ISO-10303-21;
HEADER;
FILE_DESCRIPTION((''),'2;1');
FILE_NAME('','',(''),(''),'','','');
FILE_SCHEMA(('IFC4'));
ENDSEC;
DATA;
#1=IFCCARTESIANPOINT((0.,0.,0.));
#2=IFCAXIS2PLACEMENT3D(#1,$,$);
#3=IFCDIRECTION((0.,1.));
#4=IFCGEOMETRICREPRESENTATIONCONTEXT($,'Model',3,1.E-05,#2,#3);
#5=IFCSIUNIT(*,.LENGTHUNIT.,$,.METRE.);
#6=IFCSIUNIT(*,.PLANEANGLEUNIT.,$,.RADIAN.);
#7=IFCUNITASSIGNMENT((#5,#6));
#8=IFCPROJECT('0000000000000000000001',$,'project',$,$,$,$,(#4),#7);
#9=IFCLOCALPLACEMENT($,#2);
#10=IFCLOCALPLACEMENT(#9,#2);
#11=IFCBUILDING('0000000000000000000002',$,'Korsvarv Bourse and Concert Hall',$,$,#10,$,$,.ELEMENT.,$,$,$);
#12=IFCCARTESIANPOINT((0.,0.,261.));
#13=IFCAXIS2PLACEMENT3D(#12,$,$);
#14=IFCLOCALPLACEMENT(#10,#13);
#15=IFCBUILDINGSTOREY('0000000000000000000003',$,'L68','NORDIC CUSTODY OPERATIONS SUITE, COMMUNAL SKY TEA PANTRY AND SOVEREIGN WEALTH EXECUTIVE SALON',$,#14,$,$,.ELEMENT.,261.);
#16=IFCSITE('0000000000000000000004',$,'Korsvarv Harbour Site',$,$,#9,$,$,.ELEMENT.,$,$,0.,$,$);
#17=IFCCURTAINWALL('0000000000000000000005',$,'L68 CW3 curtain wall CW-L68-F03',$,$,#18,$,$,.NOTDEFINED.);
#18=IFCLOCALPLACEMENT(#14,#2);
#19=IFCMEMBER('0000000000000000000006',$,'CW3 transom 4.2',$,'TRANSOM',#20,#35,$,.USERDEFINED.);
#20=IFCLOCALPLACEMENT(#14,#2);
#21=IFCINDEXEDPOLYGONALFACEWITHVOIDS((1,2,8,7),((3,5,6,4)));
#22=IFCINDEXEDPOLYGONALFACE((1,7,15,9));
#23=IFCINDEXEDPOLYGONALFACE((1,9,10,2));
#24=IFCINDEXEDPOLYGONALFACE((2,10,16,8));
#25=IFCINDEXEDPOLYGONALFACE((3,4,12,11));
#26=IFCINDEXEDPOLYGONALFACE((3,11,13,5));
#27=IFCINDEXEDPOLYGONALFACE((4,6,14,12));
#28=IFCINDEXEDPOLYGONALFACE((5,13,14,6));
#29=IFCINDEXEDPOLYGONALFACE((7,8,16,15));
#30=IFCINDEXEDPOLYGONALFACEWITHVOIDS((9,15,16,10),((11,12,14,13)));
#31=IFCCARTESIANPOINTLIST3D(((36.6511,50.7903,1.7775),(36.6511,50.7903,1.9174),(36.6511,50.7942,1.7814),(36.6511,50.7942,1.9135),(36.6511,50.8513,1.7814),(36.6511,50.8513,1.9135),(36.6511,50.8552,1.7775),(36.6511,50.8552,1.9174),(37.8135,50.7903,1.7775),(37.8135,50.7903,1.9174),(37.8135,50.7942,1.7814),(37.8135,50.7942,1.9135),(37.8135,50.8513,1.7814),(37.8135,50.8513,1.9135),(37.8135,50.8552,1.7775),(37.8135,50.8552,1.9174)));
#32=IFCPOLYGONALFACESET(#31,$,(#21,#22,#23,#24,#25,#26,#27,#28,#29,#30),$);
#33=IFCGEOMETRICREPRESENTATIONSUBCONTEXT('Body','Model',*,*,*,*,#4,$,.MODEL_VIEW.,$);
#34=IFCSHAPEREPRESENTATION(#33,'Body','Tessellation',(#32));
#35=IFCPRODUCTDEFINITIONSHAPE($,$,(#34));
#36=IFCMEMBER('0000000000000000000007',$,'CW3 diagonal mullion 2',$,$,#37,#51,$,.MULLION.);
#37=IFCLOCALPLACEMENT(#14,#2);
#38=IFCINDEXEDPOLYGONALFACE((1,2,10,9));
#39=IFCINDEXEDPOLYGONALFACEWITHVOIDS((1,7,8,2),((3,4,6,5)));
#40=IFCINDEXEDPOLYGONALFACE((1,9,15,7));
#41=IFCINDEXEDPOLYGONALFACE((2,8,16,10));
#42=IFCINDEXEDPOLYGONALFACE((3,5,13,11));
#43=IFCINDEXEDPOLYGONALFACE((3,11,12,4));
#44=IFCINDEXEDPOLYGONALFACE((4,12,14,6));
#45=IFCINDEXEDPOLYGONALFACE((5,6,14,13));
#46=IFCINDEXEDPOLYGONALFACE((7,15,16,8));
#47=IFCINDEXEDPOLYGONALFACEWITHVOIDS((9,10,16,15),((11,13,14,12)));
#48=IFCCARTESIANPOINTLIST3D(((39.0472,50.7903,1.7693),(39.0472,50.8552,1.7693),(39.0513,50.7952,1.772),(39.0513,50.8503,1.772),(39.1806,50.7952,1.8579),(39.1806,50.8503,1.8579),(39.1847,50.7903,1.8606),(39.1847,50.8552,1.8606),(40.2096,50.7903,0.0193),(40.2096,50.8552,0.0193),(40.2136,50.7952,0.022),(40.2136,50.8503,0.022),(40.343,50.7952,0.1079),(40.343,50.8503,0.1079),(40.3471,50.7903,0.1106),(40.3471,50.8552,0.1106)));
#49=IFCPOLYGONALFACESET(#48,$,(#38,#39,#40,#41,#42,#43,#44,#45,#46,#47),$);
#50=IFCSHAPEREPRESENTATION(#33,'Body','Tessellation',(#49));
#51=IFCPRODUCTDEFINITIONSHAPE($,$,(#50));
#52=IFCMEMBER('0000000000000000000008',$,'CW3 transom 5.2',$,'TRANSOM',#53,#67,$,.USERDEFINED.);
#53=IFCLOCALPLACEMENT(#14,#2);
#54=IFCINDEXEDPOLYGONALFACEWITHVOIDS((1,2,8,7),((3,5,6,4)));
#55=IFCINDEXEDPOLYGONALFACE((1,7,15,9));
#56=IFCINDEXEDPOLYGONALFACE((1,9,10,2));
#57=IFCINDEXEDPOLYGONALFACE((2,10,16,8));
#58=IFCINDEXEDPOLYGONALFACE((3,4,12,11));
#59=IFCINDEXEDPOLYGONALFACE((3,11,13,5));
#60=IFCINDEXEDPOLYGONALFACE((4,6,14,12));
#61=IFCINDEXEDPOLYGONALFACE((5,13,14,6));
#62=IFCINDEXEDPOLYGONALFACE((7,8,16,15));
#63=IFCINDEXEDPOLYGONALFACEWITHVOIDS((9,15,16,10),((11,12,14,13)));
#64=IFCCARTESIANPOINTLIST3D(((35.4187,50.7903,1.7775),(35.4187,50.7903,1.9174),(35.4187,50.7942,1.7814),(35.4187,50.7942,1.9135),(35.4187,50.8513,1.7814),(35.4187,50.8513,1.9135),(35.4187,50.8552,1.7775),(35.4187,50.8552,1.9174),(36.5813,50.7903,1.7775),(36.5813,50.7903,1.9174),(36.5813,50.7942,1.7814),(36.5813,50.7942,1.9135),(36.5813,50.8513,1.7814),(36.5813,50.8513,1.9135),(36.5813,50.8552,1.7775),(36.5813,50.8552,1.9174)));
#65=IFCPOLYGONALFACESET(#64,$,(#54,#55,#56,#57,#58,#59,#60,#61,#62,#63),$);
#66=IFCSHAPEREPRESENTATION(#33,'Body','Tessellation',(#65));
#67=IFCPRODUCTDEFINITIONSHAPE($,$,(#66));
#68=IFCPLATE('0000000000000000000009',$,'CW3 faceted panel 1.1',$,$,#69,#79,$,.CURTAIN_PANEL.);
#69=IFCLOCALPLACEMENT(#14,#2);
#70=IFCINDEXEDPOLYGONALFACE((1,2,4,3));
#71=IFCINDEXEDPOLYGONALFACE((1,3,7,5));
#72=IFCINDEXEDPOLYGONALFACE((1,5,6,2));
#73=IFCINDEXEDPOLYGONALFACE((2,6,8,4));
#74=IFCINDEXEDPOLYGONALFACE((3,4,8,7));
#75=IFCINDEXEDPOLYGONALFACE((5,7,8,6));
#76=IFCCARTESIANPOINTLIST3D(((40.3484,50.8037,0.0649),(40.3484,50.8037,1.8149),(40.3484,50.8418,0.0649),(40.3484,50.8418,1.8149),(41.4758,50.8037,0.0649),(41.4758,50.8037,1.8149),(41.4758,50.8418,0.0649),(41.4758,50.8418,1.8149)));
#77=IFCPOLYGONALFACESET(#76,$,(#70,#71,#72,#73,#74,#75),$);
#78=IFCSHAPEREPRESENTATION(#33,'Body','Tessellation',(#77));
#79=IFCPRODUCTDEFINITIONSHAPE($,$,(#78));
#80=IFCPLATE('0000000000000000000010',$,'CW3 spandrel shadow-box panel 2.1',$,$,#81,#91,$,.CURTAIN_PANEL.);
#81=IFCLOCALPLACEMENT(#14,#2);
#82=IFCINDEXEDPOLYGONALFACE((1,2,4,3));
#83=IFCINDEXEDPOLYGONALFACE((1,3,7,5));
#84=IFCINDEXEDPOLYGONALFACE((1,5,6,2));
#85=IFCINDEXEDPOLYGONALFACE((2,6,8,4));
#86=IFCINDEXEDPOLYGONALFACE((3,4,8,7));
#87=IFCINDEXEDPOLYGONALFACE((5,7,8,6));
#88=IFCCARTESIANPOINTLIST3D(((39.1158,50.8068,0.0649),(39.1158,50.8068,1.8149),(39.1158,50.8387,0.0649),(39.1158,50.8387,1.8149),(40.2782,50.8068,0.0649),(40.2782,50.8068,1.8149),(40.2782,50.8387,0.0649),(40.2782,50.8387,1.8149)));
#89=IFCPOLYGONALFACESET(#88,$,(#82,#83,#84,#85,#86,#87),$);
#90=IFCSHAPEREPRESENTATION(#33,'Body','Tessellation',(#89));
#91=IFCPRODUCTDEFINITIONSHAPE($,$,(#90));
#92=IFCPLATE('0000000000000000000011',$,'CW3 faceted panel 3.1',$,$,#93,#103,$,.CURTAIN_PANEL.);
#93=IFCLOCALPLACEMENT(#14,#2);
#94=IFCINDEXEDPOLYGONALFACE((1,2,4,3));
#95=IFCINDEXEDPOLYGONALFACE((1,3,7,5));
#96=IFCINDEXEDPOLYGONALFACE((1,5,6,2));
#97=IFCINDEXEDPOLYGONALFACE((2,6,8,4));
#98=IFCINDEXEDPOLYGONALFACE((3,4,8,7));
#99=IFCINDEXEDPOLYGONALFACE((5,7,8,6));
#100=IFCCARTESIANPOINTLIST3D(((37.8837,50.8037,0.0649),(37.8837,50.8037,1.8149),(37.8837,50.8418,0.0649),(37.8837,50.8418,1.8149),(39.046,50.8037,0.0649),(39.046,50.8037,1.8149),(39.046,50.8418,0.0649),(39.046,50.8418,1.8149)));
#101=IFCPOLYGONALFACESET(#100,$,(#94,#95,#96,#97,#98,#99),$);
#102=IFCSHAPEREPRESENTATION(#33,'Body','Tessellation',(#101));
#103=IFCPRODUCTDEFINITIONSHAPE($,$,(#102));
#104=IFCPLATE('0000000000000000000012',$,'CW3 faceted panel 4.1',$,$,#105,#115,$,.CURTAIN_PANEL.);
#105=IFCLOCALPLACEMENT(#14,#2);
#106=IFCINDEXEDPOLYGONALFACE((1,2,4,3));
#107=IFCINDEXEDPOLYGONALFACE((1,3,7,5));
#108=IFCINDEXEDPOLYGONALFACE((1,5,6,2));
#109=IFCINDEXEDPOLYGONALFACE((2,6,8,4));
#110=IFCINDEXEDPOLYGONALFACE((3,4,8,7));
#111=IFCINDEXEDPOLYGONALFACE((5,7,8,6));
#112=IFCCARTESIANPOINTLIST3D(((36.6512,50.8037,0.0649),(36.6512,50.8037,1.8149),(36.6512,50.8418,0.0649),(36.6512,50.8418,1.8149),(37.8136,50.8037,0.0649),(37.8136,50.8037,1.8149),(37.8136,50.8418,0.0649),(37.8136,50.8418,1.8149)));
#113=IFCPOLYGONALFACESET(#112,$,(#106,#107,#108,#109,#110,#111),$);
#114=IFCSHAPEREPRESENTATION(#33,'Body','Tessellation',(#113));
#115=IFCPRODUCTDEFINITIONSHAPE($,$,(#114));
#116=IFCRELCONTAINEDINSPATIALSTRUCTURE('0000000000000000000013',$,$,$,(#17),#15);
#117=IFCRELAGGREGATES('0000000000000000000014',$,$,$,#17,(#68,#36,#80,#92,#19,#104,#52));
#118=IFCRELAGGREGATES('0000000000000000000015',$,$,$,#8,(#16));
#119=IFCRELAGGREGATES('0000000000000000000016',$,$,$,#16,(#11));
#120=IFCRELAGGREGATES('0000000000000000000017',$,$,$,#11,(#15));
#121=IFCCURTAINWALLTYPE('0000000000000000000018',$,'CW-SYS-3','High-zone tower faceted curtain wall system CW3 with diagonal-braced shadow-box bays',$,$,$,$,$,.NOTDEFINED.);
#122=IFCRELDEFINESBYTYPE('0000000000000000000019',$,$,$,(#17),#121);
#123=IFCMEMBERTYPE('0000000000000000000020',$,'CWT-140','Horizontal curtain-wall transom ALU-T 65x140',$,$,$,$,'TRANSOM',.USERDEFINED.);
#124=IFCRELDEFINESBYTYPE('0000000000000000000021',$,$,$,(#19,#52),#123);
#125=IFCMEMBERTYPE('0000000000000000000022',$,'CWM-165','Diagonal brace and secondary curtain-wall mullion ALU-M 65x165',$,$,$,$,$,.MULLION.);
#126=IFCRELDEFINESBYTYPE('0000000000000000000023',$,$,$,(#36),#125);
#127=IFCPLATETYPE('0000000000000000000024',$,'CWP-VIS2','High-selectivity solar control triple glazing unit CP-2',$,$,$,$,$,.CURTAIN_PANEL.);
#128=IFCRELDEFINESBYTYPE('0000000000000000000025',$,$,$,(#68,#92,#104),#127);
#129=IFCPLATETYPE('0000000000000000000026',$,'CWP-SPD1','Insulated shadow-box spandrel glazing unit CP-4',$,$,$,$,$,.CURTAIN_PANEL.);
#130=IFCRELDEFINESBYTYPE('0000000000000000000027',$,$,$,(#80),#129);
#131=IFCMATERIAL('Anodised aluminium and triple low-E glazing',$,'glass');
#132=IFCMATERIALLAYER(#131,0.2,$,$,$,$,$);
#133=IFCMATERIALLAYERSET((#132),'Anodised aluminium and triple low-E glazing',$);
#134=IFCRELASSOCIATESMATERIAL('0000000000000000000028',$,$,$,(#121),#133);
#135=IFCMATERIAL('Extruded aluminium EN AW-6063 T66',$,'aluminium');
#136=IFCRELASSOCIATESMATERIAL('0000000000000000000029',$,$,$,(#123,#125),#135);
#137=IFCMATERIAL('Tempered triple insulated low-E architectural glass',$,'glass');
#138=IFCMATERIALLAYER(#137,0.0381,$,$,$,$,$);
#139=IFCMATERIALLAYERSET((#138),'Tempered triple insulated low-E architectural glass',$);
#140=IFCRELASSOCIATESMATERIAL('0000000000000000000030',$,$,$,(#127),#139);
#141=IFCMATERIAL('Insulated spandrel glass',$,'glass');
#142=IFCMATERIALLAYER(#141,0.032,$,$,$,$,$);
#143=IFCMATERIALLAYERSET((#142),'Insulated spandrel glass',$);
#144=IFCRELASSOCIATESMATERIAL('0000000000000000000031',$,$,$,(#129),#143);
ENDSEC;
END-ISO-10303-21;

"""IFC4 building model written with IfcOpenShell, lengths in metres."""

from ifc_helpers import new_model, si_unit, direction, frame, origin, origin_2d, place, context, subcontext, project, spatial, rectangle, hollow_rectangle, extrude, source, transform, mapped, material, layer, layer_set, material_profile, profile_set, type_object, element, aggregate, save


model = new_model("IFC4")

# Units and contexts
model_context = context("Model", 3, precision=1e-05, world=origin(), true_north=direction((0.0, 1.0)))
body_context = subcontext(model_context, "Body", "Model", "MODEL_VIEW")
ifc_project = project(units=[si_unit("LENGTHUNIT", "METRE"), si_unit("PLANEANGLEUNIT", "RADIAN")], contexts=[model_context])

# Site, building, storey
site_placement = place(None, origin())
site = spatial("IfcSite", under=ifc_project, at=site_placement, Name="Korsvarv Harbour Site", CompositionType="ELEMENT", RefElevation=0.0)
building_placement = place(site_placement, origin())
building = spatial("IfcBuilding", under=site, at=building_placement, Name="Korsvarv Bourse and Concert Hall", CompositionType="ELEMENT")
storey_placement = place(building_placement, frame((0.0, 0.0, 261.0)))
storey = spatial("IfcBuildingStorey", under=building, at=storey_placement, Name="L68", Description="NORDIC CUSTODY OPERATIONS SUITE, COMMUNAL SKY TEA PANTRY AND SOVEREIGN WEALTH EXECUTIVE SALON", CompositionType="ELEMENT", Elevation=261.0)

# Curtain wall, members, plates
ifc_material_1 = material(Name="Anodised aluminium and triple low-E glazing", Category="glass")
ifc_layer_1 = layer(ifc_material_1, 0.2)
ifc_layer_set_1 = layer_set([ifc_layer_1], Name="Anodised aluminium and triple low-E glazing")
curtain_wall_type = type_object("IfcCurtainWallType", Name="CW-SYS-3", Description="High-zone tower faceted curtain wall system CW3 with diagonal-braced shadow-box bays", PredefinedType="NOTDEFINED", material=ifc_layer_set_1)
curtain_wall_placement = place(storey_placement, origin())
curtain_wall = element("IfcCurtainWall", 1, at=curtain_wall_placement, inside=storey, type_object=curtain_wall_type, Name="L68 CW3 curtain wall CW-L68-F03", PredefinedType="NOTDEFINED")
ifc_material_2 = material(Name="Extruded aluminium EN AW-6063 T66", Category="aluminium")
ifc_material_profile_1 = material_profile(ifc_material_2, hollow_rectangle(XDim=0.0649, YDim=0.1399, WallThickness=0.0039, at=origin_2d()), Name="ALU-T 65x140")
ifc_profile_set_1 = profile_set([ifc_material_profile_1], Name="Extruded aluminium EN AW-6063 T66")
member_type_1 = type_object("IfcMemberType", Name="CWT-140", Description="Horizontal curtain-wall transom ALU-T 65x140", ElementType="TRANSOM", PredefinedType="USERDEFINED", material=ifc_profile_set_1)
shared_shape_1 = source(origin(), body_context, "Body", "SweptSolid", [
    extrude(hollow_rectangle(XDim=0.0649, YDim=0.1399, WallThickness=0.0039, at=origin_2d()), origin(), (0.0, 0.0, 1.0), 1.1624),
])
member_1_placement = place(storey_placement, frame((37.8135, 50.8228, 1.8474), z_axis=(-1.0, 0.0, 0.0), x_axis=(0.0, -1.0, 0.0)))
member_1 = element("IfcMember", 2, at=member_1_placement, type_object=member_type_1, Name="CW3 transom 4.2", ObjectType="TRANSOM", PredefinedType="USERDEFINED", context=body_context, shape_type="MappedRepresentation", body=[
    mapped(shared_shape_1, transform((0.0, 0.0, 0.0), scale=1.0)),
])
ifc_material_profile_2 = material_profile(ifc_material_2, hollow_rectangle(XDim=0.0649, YDim=0.165, WallThickness=0.0049, at=origin_2d()), Name="ALU-M 65x165")
ifc_profile_set_2 = profile_set([ifc_material_profile_2], Name="Extruded aluminium EN AW-6063 T66")
member_type_2 = type_object("IfcMemberType", Name="CWM-165", Description="Diagonal brace and secondary curtain-wall mullion ALU-M 65x165", PredefinedType="MULLION", material=ifc_profile_set_2)
shared_shape_2 = source(origin(), body_context, "Body", "SweptSolid", [
    extrude(hollow_rectangle(XDim=0.0649, YDim=0.165, WallThickness=0.0049, at=origin_2d()), origin(), (0.0, 0.0, 1.0), 2.1008),
])
member_2_placement = place(storey_placement, frame((40.2783, 50.8228, 0.0649), z_axis=(-0.553278, 0.0, 0.832997), x_axis=(0.0, -1.0, 0.0)))
member_2 = element("IfcMember", 3, at=member_2_placement, type_object=member_type_2, Name="CW3 diagonal mullion 2", PredefinedType="MULLION", context=body_context, shape_type="MappedRepresentation", body=[
    mapped(shared_shape_2, transform((0.0, 0.0, 0.0), scale=1.0)),
])
shared_shape_3 = source(origin(), body_context, "Body", "SweptSolid", [
    extrude(hollow_rectangle(XDim=0.0649, YDim=0.1399, WallThickness=0.0039, at=origin_2d()), origin(), (0.0, 0.0, 1.0), 1.1626),
])
member_3_placement = place(storey_placement, frame((36.5813, 50.8228, 1.8474), z_axis=(-1.0, 0.0, 0.0), x_axis=(0.0, -1.0, 0.0)))
member_3 = element("IfcMember", 4, at=member_3_placement, type_object=member_type_1, Name="CW3 transom 5.2", ObjectType="TRANSOM", PredefinedType="USERDEFINED", context=body_context, shape_type="MappedRepresentation", body=[
    mapped(shared_shape_3, transform((0.0, 0.0, 0.0), scale=1.0)),
])
ifc_material_3 = material(Name="Tempered triple insulated low-E architectural glass", Category="glass")
ifc_layer_2 = layer(ifc_material_3, 0.0381)
ifc_layer_set_2 = layer_set([ifc_layer_2], Name="Tempered triple insulated low-E architectural glass")
plate_type_1 = type_object("IfcPlateType", Name="CWP-VIS2", Description="High-selectivity solar control triple glazing unit CP-2", PredefinedType="CURTAIN_PANEL", material=ifc_layer_set_2)
shared_shape_4 = source(origin(), body_context, "Body", "SweptSolid", [
    extrude(rectangle(XDim=1.1274, YDim=0.0381, at=origin_2d()), origin(), (0.0, 0.0, 1.0), 1.75),
])
plate_1_placement = place(storey_placement, frame((40.9121, 50.8228, 0.0649), z_axis=(0.0, 0.0, 1.0), x_axis=(-1.0, 0.0, 0.0)))
plate_1 = element("IfcPlate", 5, at=plate_1_placement, type_object=plate_type_1, Name="CW3 faceted panel 1.1", PredefinedType="CURTAIN_PANEL", context=body_context, shape_type="MappedRepresentation", body=[
    mapped(shared_shape_4, transform((0.0, 0.0, 0.0), scale=1.0)),
])
ifc_material_4 = material(Name="Insulated spandrel glass", Category="glass")
ifc_layer_3 = layer(ifc_material_4, 0.032)
ifc_layer_set_3 = layer_set([ifc_layer_3], Name="Insulated spandrel glass")
plate_type_2 = type_object("IfcPlateType", Name="CWP-SPD1", Description="Insulated shadow-box spandrel glazing unit CP-4", PredefinedType="CURTAIN_PANEL", material=ifc_layer_set_3)
shared_shape_5 = source(origin(), body_context, "Body", "SweptSolid", [
    extrude(rectangle(XDim=1.1624, YDim=0.032, at=origin_2d()), origin(), (0.0, 0.0, 1.0), 1.75),
])
plate_2_placement = place(storey_placement, frame((39.697, 50.8228, 0.0649), z_axis=(0.0, 0.0, 1.0), x_axis=(-1.0, 0.0, 0.0)))
plate_2 = element("IfcPlate", 6, at=plate_2_placement, type_object=plate_type_2, Name="CW3 spandrel shadow-box panel 2.1", PredefinedType="CURTAIN_PANEL", context=body_context, shape_type="MappedRepresentation", body=[
    mapped(shared_shape_5, transform((0.0, 0.0, 0.0), scale=1.0)),
])
shared_shape_6 = source(origin(), body_context, "Body", "SweptSolid", [
    extrude(rectangle(XDim=1.1624, YDim=0.0381, at=origin_2d()), origin(), (0.0, 0.0, 1.0), 1.75),
])
plate_3_placement = place(storey_placement, frame((38.4648, 50.8228, 0.0649), z_axis=(0.0, 0.0, 1.0), x_axis=(-1.0, 0.0, 0.0)))
plate_3 = element("IfcPlate", 7, at=plate_3_placement, type_object=plate_type_1, Name="CW3 faceted panel 3.1", PredefinedType="CURTAIN_PANEL", context=body_context, shape_type="MappedRepresentation", body=[
    mapped(shared_shape_6, transform((0.0, 0.0, 0.0), scale=1.0)),
])
plate_4_placement = place(storey_placement, frame((37.2324, 50.8228, 0.0649), z_axis=(0.0, 0.0, 1.0), x_axis=(-1.0, 0.0, 0.0)))
plate_4 = element("IfcPlate", 8, at=plate_4_placement, type_object=plate_type_1, Name="CW3 faceted panel 4.1", PredefinedType="CURTAIN_PANEL", context=body_context, shape_type="MappedRepresentation", body=[
    mapped(shared_shape_6, transform((0.0, 0.0, 0.0), scale=1.0)),
])
aggregate(curtain_wall, [plate_1, member_2, plate_2, plate_3, member_1, plate_4, member_3])

save(model, "model.ifc")
